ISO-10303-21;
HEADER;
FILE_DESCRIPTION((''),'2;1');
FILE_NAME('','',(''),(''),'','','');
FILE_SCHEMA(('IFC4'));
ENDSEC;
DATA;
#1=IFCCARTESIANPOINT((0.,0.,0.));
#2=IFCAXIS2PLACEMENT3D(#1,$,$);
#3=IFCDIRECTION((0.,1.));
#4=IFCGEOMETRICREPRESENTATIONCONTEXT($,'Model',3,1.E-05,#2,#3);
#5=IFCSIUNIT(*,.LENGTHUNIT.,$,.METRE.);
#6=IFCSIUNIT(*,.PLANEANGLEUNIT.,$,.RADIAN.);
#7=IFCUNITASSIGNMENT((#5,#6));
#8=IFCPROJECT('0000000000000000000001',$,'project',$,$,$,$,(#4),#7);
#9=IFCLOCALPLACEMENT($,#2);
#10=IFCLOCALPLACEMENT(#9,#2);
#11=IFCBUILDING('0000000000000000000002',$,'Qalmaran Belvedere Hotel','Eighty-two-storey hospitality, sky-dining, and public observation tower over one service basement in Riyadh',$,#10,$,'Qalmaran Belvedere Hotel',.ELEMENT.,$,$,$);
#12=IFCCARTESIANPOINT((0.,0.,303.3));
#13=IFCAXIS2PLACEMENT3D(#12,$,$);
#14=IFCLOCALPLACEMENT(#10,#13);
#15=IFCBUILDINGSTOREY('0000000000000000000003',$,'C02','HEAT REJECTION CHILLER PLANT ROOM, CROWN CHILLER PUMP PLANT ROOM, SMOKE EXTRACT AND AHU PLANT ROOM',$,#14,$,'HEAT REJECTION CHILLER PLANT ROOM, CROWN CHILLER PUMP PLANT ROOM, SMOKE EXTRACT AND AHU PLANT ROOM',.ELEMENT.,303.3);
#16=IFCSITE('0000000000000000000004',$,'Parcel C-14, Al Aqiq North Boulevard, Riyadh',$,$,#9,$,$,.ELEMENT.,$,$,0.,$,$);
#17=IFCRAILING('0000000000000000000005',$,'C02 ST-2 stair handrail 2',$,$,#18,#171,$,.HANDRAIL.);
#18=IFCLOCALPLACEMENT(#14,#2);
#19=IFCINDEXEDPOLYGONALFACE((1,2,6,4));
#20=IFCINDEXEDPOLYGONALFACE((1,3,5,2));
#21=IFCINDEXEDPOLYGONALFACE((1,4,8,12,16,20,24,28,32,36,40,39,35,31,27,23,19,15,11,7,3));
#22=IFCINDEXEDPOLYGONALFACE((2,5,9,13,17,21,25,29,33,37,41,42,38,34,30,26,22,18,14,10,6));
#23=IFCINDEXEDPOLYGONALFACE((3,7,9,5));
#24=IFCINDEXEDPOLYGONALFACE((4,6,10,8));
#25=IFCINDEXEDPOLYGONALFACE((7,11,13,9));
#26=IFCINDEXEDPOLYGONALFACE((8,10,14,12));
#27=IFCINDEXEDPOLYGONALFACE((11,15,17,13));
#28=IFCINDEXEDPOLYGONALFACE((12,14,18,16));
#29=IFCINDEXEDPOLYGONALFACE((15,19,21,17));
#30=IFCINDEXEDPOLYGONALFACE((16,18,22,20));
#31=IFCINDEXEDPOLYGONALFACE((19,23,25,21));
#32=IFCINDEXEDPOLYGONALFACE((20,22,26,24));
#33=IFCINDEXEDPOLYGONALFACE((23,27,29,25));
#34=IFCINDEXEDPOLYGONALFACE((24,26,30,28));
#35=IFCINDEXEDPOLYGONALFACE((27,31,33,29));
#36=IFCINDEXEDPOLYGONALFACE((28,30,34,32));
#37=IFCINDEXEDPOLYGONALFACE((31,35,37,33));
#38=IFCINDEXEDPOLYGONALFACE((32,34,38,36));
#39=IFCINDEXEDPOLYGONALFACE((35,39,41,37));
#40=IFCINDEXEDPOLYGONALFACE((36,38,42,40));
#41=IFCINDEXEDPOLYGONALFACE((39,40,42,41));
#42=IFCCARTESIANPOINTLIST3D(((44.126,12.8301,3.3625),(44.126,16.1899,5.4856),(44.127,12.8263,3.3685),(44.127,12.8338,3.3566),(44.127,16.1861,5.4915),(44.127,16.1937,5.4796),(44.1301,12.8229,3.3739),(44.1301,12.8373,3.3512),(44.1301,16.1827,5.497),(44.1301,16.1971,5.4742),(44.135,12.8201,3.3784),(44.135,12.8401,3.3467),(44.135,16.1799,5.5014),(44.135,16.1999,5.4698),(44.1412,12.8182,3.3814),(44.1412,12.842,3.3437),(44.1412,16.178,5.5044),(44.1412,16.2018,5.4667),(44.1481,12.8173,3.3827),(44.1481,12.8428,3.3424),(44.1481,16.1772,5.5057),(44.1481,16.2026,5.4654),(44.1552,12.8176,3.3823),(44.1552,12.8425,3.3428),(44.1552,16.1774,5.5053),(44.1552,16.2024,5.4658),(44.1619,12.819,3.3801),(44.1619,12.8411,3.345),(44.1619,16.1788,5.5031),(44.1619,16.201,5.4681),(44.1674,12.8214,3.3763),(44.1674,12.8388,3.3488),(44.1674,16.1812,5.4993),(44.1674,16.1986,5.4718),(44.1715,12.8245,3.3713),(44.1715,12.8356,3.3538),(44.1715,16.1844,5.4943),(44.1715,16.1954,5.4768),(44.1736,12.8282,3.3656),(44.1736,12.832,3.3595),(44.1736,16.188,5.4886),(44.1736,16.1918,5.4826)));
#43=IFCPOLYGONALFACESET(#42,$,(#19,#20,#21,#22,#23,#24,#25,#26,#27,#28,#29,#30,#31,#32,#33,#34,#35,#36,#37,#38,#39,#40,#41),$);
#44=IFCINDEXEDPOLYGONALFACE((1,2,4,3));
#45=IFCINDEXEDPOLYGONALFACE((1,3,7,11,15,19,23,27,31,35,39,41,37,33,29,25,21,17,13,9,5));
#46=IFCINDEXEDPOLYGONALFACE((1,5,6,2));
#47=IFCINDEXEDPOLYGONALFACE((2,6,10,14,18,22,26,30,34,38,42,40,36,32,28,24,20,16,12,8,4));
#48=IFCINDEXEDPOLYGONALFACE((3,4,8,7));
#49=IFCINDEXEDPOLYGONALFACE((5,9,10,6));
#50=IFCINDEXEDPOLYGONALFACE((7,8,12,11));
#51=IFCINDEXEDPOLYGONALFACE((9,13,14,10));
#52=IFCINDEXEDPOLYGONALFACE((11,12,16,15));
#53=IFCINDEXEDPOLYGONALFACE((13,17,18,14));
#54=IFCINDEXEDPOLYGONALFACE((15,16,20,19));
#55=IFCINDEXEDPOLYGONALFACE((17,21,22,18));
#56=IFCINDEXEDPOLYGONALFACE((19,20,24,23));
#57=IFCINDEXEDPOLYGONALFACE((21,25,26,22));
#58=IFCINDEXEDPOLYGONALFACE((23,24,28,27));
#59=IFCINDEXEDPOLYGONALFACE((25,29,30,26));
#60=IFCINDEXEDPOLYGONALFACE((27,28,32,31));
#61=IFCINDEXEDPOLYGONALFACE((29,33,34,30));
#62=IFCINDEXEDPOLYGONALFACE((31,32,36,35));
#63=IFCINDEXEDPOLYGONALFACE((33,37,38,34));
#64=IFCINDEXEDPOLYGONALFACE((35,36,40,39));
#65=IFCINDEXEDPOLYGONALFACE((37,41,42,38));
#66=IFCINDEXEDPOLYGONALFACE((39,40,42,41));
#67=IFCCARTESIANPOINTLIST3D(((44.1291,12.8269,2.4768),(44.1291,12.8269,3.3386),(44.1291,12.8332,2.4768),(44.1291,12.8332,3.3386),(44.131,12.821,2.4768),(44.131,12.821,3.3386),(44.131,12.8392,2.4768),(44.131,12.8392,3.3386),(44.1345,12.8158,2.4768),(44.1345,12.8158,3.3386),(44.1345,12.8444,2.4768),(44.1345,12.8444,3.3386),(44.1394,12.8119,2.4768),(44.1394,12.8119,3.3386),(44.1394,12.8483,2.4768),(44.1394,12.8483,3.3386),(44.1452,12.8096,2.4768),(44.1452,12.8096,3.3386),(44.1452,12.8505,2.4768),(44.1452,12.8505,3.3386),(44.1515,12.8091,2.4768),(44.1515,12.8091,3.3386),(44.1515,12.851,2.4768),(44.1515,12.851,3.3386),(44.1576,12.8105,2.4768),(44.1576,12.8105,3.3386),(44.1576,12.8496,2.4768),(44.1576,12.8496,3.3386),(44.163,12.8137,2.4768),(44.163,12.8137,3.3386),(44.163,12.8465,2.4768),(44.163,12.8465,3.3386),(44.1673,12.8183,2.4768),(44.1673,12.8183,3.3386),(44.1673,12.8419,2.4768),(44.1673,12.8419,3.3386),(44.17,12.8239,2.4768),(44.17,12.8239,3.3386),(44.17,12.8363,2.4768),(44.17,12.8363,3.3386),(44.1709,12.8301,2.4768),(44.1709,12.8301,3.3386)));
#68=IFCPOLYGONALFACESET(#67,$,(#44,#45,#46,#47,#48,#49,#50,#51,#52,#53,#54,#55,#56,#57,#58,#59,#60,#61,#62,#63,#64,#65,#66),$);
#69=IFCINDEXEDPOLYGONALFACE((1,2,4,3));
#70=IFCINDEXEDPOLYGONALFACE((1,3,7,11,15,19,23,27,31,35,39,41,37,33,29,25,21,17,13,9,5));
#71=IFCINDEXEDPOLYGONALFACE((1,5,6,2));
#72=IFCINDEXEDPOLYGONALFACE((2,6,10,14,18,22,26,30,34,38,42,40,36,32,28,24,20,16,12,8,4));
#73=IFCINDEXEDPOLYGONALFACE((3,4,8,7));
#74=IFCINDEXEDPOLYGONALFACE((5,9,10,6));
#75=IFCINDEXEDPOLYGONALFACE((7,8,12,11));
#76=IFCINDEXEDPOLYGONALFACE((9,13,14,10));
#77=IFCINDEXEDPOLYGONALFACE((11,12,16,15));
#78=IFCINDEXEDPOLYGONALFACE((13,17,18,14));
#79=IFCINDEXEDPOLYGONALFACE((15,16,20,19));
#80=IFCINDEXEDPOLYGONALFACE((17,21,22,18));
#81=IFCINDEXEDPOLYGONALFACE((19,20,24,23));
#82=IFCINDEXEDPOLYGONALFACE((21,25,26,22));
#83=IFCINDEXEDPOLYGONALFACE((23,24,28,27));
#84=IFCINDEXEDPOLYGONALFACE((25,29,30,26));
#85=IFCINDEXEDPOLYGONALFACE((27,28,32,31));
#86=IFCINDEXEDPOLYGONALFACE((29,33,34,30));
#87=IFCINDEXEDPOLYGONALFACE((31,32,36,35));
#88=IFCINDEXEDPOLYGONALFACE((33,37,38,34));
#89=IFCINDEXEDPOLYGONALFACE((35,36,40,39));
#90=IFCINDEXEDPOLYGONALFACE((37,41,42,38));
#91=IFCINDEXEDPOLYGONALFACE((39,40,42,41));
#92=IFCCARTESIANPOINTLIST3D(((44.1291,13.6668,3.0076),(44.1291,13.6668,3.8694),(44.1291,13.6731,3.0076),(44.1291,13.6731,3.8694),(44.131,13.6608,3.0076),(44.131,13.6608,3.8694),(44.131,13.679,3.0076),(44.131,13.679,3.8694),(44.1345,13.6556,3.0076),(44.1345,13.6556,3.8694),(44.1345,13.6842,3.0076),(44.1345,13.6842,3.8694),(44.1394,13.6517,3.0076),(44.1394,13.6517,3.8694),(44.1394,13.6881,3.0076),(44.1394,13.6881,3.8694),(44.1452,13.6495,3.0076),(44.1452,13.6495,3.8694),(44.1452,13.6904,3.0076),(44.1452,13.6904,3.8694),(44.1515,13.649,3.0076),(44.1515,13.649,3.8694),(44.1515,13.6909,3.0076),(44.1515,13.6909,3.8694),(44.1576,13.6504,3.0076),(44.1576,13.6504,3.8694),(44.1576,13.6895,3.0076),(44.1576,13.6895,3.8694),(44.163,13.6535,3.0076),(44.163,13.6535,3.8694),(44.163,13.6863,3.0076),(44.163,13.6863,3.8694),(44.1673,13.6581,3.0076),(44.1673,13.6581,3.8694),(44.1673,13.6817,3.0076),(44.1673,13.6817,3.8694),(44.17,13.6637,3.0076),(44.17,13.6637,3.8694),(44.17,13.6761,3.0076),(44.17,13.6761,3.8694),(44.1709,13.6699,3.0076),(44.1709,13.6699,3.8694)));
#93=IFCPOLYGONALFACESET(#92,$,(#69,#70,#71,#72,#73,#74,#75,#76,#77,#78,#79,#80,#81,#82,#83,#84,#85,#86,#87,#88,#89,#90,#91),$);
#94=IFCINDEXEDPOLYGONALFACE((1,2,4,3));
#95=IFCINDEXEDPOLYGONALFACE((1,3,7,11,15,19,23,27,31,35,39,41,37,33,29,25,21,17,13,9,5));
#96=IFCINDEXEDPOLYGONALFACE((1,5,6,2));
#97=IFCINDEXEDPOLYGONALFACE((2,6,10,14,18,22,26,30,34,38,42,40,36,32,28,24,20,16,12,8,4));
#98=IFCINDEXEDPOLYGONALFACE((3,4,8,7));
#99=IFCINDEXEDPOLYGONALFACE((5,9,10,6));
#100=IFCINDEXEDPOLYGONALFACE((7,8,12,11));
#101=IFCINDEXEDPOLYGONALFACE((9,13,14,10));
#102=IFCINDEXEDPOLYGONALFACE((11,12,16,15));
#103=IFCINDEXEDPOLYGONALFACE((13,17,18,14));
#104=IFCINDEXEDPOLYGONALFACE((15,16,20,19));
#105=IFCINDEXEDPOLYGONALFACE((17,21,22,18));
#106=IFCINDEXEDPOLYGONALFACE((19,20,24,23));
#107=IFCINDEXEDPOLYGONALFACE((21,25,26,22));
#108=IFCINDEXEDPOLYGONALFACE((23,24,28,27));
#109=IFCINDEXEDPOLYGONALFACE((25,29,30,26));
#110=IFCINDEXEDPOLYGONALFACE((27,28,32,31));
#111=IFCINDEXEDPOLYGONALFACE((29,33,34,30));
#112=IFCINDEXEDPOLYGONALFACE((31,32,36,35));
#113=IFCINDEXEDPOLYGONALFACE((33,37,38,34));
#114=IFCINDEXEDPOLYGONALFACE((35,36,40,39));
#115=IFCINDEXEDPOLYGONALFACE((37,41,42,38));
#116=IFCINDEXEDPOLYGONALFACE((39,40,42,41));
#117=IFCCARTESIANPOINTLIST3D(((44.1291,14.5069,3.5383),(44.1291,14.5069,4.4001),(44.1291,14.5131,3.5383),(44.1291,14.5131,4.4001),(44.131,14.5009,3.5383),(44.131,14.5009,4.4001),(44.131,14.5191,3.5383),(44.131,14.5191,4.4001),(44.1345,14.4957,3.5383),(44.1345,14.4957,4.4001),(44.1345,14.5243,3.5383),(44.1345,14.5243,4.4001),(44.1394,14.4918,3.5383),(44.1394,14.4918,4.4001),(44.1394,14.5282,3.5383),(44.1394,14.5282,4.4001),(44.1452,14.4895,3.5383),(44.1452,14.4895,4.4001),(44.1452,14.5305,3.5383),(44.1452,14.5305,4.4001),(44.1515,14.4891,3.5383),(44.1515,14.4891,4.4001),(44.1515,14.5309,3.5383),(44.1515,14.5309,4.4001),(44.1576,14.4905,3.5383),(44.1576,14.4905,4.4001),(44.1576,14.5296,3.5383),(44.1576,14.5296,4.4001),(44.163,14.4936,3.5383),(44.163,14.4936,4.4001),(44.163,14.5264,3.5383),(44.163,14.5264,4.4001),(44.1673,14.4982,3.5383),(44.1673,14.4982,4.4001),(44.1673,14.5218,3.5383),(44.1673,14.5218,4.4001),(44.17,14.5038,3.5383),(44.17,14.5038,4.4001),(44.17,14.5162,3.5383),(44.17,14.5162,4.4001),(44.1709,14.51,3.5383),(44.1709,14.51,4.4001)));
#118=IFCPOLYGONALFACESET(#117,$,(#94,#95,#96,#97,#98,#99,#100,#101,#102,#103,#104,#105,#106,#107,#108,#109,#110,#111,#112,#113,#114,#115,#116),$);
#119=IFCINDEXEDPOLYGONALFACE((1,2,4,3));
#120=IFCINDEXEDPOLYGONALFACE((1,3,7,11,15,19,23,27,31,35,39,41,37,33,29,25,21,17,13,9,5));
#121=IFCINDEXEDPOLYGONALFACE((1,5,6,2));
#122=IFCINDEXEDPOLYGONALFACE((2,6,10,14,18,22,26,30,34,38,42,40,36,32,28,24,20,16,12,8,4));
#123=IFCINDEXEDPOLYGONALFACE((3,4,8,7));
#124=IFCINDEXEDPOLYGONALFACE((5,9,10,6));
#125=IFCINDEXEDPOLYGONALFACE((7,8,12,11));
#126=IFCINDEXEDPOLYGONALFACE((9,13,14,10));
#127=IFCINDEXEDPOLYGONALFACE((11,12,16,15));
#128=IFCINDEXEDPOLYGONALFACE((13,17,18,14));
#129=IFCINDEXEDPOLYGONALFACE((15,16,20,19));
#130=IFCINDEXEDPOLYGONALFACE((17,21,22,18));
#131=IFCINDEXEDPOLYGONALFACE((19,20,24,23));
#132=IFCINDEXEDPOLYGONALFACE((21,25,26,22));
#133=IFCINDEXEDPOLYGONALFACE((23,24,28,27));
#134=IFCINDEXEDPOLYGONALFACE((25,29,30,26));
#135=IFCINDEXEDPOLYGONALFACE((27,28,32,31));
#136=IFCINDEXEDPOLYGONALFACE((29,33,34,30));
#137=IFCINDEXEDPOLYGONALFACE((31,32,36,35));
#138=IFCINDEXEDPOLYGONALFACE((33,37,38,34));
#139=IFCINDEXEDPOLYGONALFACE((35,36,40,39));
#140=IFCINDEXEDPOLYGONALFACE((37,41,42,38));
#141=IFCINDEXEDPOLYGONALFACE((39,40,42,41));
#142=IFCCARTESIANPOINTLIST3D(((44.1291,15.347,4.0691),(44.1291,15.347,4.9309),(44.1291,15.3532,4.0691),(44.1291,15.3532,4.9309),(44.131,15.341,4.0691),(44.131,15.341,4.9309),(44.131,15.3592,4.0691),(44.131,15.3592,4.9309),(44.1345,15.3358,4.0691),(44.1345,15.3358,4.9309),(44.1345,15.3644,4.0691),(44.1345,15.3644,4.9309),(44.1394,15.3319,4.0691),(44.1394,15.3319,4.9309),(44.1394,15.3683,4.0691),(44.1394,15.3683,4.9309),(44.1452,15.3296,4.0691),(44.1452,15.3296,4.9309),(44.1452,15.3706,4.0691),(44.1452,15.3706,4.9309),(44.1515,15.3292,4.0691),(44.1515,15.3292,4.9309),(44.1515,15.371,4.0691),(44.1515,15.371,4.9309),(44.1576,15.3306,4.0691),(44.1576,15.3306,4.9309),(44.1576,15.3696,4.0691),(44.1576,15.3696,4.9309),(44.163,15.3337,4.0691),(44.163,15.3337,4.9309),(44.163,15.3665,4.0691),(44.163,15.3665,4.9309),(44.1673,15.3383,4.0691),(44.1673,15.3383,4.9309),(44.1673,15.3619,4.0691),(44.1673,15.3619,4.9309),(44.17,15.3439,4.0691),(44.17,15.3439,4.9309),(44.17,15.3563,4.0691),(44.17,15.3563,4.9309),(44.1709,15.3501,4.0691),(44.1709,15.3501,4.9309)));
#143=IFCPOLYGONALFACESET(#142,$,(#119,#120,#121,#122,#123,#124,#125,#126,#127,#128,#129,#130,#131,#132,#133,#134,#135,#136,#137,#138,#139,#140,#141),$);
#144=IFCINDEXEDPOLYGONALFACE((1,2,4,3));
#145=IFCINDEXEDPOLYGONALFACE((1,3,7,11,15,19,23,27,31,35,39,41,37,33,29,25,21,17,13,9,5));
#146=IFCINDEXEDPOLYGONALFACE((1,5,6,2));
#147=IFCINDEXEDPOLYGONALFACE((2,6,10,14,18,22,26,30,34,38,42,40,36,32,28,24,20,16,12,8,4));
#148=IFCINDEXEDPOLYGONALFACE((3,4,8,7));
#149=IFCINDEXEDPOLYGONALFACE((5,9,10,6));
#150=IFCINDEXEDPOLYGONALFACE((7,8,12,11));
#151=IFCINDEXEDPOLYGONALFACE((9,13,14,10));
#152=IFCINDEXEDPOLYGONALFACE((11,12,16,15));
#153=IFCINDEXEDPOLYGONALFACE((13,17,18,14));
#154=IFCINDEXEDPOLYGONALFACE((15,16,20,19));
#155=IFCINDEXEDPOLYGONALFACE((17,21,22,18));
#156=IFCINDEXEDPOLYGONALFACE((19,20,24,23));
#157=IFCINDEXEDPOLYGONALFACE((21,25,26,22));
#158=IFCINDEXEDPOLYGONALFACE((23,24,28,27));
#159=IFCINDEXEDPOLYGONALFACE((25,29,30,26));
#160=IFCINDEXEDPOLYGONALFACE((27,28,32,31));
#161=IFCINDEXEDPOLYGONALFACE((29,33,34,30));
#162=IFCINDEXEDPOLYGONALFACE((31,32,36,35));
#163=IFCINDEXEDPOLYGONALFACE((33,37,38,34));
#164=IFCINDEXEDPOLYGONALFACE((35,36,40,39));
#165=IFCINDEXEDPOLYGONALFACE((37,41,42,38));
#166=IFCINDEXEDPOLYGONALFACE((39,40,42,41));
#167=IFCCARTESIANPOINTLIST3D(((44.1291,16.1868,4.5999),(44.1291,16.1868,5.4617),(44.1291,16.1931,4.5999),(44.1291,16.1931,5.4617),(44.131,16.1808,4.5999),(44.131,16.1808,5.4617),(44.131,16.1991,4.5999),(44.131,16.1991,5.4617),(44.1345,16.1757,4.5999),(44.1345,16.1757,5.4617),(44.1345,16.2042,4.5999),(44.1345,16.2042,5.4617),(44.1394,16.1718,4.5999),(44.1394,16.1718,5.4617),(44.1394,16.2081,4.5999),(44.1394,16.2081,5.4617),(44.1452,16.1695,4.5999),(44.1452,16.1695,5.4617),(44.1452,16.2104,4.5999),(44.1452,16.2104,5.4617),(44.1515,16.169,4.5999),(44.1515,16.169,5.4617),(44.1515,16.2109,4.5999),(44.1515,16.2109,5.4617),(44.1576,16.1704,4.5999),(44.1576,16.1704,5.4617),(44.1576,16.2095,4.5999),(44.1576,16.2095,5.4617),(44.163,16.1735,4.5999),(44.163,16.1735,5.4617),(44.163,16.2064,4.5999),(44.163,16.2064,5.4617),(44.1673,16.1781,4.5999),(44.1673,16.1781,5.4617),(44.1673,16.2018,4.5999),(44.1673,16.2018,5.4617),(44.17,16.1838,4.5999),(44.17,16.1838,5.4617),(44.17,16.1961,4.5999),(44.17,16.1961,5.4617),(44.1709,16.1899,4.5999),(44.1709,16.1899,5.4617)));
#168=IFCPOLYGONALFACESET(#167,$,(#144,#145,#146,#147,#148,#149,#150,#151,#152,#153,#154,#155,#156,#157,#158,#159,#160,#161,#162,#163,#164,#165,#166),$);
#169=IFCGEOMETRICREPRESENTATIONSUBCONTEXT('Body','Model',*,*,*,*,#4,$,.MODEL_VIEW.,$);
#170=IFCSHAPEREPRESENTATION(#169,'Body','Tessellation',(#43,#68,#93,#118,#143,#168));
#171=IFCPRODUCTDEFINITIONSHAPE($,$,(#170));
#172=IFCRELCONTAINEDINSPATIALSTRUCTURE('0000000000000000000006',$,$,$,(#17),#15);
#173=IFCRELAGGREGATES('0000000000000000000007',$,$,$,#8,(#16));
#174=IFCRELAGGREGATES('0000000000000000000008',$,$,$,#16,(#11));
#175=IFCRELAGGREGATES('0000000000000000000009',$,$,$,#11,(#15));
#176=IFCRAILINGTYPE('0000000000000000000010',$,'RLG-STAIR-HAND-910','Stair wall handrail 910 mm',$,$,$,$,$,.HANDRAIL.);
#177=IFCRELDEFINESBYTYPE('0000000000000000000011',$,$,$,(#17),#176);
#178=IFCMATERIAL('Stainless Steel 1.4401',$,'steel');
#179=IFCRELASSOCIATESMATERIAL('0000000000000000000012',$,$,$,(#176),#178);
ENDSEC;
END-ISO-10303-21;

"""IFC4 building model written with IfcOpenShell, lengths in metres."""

from ifc_helpers import new_model, si_unit, direction, frame, origin, origin_2d, place, context, subcontext, project, spatial, circle, extrude, material, type_object, element, save


model = new_model("IFC4")

# Units and contexts
model_context = context("Model", 3, precision=1e-05, world=origin(), true_north=direction((0.0, 1.0)))
body_context = subcontext(model_context, "Body", "Model", "MODEL_VIEW")
ifc_project = project(units=[si_unit("LENGTHUNIT", "METRE"), si_unit("PLANEANGLEUNIT", "RADIAN")], contexts=[model_context])

# Site, building, storey
site_placement = place(None, origin())
site = spatial("IfcSite", under=ifc_project, at=site_placement, Name="Parcel C-14, Al Aqiq North Boulevard, Riyadh", CompositionType="ELEMENT", RefElevation=0.0)
building_placement = place(site_placement, origin())
building = spatial("IfcBuilding", under=site, at=building_placement, Name="Qalmaran Belvedere Hotel", Description="Eighty-two-storey hospitality, sky-dining, and public observation tower over one service basement in Riyadh", LongName="Qalmaran Belvedere Hotel", CompositionType="ELEMENT")
storey_placement = place(building_placement, frame((0.0, 0.0, 303.3)))
storey = spatial("IfcBuildingStorey", under=building, at=storey_placement, Name="C02", Description="HEAT REJECTION CHILLER PLANT ROOM, CROWN CHILLER PUMP PLANT ROOM, SMOKE EXTRACT AND AHU PLANT ROOM", LongName="HEAT REJECTION CHILLER PLANT ROOM, CROWN CHILLER PUMP PLANT ROOM, SMOKE EXTRACT AND AHU PLANT ROOM", CompositionType="ELEMENT", Elevation=303.3)

# Railing
ifc_material_1 = material(Name="Stainless Steel 1.4401", Category="steel")
railing_type_1 = type_object("IfcRailingType", Name="RLG-STAIR-HAND-910", Description="Stair wall handrail 910 mm", PredefinedType="HANDRAIL", material=ifc_material_1)
railing_1_placement = place(storey_placement, frame((44.1499, 12.8301, 2.4768)))
element("IfcRailing", 1, at=railing_1_placement, inside=storey, type_object=railing_type_1, Name="C02 ST-2 stair handrail 2", PredefinedType="HANDRAIL", context=body_context, shape_type="SweptSolid", body=[
    extrude(circle(Radius=0.0239, at=origin_2d()), frame((0.0, 0.0, 0.8857), z_axis=(0.0, 0.845372, 0.534178), x_axis=(-1.0, 0.0, 0.0)), (0.0, 0.0, 1.0), 3.9744),
    extrude(circle(Radius=0.021, at=origin_2d()), origin(), (0.0, 0.0, 1.0), 0.8618),
    extrude(circle(Radius=0.021, at=origin_2d()), frame((0.0, 0.8398, 0.5308)), (0.0, 0.0, 1.0), 0.8618),
    extrude(circle(Radius=0.021, at=origin_2d()), frame((0.0, 1.6799, 1.0615)), (0.0, 0.0, 1.0), 0.8618),
    extrude(circle(Radius=0.021, at=origin_2d()), frame((0.0, 2.52, 1.5923)), (0.0, 0.0, 1.0), 0.8618),
    extrude(circle(Radius=0.021, at=origin_2d()), frame((0.0, 3.3599, 2.123)), (0.0, 0.0, 1.0), 0.8618),
])

save(model, "model.ifc")
